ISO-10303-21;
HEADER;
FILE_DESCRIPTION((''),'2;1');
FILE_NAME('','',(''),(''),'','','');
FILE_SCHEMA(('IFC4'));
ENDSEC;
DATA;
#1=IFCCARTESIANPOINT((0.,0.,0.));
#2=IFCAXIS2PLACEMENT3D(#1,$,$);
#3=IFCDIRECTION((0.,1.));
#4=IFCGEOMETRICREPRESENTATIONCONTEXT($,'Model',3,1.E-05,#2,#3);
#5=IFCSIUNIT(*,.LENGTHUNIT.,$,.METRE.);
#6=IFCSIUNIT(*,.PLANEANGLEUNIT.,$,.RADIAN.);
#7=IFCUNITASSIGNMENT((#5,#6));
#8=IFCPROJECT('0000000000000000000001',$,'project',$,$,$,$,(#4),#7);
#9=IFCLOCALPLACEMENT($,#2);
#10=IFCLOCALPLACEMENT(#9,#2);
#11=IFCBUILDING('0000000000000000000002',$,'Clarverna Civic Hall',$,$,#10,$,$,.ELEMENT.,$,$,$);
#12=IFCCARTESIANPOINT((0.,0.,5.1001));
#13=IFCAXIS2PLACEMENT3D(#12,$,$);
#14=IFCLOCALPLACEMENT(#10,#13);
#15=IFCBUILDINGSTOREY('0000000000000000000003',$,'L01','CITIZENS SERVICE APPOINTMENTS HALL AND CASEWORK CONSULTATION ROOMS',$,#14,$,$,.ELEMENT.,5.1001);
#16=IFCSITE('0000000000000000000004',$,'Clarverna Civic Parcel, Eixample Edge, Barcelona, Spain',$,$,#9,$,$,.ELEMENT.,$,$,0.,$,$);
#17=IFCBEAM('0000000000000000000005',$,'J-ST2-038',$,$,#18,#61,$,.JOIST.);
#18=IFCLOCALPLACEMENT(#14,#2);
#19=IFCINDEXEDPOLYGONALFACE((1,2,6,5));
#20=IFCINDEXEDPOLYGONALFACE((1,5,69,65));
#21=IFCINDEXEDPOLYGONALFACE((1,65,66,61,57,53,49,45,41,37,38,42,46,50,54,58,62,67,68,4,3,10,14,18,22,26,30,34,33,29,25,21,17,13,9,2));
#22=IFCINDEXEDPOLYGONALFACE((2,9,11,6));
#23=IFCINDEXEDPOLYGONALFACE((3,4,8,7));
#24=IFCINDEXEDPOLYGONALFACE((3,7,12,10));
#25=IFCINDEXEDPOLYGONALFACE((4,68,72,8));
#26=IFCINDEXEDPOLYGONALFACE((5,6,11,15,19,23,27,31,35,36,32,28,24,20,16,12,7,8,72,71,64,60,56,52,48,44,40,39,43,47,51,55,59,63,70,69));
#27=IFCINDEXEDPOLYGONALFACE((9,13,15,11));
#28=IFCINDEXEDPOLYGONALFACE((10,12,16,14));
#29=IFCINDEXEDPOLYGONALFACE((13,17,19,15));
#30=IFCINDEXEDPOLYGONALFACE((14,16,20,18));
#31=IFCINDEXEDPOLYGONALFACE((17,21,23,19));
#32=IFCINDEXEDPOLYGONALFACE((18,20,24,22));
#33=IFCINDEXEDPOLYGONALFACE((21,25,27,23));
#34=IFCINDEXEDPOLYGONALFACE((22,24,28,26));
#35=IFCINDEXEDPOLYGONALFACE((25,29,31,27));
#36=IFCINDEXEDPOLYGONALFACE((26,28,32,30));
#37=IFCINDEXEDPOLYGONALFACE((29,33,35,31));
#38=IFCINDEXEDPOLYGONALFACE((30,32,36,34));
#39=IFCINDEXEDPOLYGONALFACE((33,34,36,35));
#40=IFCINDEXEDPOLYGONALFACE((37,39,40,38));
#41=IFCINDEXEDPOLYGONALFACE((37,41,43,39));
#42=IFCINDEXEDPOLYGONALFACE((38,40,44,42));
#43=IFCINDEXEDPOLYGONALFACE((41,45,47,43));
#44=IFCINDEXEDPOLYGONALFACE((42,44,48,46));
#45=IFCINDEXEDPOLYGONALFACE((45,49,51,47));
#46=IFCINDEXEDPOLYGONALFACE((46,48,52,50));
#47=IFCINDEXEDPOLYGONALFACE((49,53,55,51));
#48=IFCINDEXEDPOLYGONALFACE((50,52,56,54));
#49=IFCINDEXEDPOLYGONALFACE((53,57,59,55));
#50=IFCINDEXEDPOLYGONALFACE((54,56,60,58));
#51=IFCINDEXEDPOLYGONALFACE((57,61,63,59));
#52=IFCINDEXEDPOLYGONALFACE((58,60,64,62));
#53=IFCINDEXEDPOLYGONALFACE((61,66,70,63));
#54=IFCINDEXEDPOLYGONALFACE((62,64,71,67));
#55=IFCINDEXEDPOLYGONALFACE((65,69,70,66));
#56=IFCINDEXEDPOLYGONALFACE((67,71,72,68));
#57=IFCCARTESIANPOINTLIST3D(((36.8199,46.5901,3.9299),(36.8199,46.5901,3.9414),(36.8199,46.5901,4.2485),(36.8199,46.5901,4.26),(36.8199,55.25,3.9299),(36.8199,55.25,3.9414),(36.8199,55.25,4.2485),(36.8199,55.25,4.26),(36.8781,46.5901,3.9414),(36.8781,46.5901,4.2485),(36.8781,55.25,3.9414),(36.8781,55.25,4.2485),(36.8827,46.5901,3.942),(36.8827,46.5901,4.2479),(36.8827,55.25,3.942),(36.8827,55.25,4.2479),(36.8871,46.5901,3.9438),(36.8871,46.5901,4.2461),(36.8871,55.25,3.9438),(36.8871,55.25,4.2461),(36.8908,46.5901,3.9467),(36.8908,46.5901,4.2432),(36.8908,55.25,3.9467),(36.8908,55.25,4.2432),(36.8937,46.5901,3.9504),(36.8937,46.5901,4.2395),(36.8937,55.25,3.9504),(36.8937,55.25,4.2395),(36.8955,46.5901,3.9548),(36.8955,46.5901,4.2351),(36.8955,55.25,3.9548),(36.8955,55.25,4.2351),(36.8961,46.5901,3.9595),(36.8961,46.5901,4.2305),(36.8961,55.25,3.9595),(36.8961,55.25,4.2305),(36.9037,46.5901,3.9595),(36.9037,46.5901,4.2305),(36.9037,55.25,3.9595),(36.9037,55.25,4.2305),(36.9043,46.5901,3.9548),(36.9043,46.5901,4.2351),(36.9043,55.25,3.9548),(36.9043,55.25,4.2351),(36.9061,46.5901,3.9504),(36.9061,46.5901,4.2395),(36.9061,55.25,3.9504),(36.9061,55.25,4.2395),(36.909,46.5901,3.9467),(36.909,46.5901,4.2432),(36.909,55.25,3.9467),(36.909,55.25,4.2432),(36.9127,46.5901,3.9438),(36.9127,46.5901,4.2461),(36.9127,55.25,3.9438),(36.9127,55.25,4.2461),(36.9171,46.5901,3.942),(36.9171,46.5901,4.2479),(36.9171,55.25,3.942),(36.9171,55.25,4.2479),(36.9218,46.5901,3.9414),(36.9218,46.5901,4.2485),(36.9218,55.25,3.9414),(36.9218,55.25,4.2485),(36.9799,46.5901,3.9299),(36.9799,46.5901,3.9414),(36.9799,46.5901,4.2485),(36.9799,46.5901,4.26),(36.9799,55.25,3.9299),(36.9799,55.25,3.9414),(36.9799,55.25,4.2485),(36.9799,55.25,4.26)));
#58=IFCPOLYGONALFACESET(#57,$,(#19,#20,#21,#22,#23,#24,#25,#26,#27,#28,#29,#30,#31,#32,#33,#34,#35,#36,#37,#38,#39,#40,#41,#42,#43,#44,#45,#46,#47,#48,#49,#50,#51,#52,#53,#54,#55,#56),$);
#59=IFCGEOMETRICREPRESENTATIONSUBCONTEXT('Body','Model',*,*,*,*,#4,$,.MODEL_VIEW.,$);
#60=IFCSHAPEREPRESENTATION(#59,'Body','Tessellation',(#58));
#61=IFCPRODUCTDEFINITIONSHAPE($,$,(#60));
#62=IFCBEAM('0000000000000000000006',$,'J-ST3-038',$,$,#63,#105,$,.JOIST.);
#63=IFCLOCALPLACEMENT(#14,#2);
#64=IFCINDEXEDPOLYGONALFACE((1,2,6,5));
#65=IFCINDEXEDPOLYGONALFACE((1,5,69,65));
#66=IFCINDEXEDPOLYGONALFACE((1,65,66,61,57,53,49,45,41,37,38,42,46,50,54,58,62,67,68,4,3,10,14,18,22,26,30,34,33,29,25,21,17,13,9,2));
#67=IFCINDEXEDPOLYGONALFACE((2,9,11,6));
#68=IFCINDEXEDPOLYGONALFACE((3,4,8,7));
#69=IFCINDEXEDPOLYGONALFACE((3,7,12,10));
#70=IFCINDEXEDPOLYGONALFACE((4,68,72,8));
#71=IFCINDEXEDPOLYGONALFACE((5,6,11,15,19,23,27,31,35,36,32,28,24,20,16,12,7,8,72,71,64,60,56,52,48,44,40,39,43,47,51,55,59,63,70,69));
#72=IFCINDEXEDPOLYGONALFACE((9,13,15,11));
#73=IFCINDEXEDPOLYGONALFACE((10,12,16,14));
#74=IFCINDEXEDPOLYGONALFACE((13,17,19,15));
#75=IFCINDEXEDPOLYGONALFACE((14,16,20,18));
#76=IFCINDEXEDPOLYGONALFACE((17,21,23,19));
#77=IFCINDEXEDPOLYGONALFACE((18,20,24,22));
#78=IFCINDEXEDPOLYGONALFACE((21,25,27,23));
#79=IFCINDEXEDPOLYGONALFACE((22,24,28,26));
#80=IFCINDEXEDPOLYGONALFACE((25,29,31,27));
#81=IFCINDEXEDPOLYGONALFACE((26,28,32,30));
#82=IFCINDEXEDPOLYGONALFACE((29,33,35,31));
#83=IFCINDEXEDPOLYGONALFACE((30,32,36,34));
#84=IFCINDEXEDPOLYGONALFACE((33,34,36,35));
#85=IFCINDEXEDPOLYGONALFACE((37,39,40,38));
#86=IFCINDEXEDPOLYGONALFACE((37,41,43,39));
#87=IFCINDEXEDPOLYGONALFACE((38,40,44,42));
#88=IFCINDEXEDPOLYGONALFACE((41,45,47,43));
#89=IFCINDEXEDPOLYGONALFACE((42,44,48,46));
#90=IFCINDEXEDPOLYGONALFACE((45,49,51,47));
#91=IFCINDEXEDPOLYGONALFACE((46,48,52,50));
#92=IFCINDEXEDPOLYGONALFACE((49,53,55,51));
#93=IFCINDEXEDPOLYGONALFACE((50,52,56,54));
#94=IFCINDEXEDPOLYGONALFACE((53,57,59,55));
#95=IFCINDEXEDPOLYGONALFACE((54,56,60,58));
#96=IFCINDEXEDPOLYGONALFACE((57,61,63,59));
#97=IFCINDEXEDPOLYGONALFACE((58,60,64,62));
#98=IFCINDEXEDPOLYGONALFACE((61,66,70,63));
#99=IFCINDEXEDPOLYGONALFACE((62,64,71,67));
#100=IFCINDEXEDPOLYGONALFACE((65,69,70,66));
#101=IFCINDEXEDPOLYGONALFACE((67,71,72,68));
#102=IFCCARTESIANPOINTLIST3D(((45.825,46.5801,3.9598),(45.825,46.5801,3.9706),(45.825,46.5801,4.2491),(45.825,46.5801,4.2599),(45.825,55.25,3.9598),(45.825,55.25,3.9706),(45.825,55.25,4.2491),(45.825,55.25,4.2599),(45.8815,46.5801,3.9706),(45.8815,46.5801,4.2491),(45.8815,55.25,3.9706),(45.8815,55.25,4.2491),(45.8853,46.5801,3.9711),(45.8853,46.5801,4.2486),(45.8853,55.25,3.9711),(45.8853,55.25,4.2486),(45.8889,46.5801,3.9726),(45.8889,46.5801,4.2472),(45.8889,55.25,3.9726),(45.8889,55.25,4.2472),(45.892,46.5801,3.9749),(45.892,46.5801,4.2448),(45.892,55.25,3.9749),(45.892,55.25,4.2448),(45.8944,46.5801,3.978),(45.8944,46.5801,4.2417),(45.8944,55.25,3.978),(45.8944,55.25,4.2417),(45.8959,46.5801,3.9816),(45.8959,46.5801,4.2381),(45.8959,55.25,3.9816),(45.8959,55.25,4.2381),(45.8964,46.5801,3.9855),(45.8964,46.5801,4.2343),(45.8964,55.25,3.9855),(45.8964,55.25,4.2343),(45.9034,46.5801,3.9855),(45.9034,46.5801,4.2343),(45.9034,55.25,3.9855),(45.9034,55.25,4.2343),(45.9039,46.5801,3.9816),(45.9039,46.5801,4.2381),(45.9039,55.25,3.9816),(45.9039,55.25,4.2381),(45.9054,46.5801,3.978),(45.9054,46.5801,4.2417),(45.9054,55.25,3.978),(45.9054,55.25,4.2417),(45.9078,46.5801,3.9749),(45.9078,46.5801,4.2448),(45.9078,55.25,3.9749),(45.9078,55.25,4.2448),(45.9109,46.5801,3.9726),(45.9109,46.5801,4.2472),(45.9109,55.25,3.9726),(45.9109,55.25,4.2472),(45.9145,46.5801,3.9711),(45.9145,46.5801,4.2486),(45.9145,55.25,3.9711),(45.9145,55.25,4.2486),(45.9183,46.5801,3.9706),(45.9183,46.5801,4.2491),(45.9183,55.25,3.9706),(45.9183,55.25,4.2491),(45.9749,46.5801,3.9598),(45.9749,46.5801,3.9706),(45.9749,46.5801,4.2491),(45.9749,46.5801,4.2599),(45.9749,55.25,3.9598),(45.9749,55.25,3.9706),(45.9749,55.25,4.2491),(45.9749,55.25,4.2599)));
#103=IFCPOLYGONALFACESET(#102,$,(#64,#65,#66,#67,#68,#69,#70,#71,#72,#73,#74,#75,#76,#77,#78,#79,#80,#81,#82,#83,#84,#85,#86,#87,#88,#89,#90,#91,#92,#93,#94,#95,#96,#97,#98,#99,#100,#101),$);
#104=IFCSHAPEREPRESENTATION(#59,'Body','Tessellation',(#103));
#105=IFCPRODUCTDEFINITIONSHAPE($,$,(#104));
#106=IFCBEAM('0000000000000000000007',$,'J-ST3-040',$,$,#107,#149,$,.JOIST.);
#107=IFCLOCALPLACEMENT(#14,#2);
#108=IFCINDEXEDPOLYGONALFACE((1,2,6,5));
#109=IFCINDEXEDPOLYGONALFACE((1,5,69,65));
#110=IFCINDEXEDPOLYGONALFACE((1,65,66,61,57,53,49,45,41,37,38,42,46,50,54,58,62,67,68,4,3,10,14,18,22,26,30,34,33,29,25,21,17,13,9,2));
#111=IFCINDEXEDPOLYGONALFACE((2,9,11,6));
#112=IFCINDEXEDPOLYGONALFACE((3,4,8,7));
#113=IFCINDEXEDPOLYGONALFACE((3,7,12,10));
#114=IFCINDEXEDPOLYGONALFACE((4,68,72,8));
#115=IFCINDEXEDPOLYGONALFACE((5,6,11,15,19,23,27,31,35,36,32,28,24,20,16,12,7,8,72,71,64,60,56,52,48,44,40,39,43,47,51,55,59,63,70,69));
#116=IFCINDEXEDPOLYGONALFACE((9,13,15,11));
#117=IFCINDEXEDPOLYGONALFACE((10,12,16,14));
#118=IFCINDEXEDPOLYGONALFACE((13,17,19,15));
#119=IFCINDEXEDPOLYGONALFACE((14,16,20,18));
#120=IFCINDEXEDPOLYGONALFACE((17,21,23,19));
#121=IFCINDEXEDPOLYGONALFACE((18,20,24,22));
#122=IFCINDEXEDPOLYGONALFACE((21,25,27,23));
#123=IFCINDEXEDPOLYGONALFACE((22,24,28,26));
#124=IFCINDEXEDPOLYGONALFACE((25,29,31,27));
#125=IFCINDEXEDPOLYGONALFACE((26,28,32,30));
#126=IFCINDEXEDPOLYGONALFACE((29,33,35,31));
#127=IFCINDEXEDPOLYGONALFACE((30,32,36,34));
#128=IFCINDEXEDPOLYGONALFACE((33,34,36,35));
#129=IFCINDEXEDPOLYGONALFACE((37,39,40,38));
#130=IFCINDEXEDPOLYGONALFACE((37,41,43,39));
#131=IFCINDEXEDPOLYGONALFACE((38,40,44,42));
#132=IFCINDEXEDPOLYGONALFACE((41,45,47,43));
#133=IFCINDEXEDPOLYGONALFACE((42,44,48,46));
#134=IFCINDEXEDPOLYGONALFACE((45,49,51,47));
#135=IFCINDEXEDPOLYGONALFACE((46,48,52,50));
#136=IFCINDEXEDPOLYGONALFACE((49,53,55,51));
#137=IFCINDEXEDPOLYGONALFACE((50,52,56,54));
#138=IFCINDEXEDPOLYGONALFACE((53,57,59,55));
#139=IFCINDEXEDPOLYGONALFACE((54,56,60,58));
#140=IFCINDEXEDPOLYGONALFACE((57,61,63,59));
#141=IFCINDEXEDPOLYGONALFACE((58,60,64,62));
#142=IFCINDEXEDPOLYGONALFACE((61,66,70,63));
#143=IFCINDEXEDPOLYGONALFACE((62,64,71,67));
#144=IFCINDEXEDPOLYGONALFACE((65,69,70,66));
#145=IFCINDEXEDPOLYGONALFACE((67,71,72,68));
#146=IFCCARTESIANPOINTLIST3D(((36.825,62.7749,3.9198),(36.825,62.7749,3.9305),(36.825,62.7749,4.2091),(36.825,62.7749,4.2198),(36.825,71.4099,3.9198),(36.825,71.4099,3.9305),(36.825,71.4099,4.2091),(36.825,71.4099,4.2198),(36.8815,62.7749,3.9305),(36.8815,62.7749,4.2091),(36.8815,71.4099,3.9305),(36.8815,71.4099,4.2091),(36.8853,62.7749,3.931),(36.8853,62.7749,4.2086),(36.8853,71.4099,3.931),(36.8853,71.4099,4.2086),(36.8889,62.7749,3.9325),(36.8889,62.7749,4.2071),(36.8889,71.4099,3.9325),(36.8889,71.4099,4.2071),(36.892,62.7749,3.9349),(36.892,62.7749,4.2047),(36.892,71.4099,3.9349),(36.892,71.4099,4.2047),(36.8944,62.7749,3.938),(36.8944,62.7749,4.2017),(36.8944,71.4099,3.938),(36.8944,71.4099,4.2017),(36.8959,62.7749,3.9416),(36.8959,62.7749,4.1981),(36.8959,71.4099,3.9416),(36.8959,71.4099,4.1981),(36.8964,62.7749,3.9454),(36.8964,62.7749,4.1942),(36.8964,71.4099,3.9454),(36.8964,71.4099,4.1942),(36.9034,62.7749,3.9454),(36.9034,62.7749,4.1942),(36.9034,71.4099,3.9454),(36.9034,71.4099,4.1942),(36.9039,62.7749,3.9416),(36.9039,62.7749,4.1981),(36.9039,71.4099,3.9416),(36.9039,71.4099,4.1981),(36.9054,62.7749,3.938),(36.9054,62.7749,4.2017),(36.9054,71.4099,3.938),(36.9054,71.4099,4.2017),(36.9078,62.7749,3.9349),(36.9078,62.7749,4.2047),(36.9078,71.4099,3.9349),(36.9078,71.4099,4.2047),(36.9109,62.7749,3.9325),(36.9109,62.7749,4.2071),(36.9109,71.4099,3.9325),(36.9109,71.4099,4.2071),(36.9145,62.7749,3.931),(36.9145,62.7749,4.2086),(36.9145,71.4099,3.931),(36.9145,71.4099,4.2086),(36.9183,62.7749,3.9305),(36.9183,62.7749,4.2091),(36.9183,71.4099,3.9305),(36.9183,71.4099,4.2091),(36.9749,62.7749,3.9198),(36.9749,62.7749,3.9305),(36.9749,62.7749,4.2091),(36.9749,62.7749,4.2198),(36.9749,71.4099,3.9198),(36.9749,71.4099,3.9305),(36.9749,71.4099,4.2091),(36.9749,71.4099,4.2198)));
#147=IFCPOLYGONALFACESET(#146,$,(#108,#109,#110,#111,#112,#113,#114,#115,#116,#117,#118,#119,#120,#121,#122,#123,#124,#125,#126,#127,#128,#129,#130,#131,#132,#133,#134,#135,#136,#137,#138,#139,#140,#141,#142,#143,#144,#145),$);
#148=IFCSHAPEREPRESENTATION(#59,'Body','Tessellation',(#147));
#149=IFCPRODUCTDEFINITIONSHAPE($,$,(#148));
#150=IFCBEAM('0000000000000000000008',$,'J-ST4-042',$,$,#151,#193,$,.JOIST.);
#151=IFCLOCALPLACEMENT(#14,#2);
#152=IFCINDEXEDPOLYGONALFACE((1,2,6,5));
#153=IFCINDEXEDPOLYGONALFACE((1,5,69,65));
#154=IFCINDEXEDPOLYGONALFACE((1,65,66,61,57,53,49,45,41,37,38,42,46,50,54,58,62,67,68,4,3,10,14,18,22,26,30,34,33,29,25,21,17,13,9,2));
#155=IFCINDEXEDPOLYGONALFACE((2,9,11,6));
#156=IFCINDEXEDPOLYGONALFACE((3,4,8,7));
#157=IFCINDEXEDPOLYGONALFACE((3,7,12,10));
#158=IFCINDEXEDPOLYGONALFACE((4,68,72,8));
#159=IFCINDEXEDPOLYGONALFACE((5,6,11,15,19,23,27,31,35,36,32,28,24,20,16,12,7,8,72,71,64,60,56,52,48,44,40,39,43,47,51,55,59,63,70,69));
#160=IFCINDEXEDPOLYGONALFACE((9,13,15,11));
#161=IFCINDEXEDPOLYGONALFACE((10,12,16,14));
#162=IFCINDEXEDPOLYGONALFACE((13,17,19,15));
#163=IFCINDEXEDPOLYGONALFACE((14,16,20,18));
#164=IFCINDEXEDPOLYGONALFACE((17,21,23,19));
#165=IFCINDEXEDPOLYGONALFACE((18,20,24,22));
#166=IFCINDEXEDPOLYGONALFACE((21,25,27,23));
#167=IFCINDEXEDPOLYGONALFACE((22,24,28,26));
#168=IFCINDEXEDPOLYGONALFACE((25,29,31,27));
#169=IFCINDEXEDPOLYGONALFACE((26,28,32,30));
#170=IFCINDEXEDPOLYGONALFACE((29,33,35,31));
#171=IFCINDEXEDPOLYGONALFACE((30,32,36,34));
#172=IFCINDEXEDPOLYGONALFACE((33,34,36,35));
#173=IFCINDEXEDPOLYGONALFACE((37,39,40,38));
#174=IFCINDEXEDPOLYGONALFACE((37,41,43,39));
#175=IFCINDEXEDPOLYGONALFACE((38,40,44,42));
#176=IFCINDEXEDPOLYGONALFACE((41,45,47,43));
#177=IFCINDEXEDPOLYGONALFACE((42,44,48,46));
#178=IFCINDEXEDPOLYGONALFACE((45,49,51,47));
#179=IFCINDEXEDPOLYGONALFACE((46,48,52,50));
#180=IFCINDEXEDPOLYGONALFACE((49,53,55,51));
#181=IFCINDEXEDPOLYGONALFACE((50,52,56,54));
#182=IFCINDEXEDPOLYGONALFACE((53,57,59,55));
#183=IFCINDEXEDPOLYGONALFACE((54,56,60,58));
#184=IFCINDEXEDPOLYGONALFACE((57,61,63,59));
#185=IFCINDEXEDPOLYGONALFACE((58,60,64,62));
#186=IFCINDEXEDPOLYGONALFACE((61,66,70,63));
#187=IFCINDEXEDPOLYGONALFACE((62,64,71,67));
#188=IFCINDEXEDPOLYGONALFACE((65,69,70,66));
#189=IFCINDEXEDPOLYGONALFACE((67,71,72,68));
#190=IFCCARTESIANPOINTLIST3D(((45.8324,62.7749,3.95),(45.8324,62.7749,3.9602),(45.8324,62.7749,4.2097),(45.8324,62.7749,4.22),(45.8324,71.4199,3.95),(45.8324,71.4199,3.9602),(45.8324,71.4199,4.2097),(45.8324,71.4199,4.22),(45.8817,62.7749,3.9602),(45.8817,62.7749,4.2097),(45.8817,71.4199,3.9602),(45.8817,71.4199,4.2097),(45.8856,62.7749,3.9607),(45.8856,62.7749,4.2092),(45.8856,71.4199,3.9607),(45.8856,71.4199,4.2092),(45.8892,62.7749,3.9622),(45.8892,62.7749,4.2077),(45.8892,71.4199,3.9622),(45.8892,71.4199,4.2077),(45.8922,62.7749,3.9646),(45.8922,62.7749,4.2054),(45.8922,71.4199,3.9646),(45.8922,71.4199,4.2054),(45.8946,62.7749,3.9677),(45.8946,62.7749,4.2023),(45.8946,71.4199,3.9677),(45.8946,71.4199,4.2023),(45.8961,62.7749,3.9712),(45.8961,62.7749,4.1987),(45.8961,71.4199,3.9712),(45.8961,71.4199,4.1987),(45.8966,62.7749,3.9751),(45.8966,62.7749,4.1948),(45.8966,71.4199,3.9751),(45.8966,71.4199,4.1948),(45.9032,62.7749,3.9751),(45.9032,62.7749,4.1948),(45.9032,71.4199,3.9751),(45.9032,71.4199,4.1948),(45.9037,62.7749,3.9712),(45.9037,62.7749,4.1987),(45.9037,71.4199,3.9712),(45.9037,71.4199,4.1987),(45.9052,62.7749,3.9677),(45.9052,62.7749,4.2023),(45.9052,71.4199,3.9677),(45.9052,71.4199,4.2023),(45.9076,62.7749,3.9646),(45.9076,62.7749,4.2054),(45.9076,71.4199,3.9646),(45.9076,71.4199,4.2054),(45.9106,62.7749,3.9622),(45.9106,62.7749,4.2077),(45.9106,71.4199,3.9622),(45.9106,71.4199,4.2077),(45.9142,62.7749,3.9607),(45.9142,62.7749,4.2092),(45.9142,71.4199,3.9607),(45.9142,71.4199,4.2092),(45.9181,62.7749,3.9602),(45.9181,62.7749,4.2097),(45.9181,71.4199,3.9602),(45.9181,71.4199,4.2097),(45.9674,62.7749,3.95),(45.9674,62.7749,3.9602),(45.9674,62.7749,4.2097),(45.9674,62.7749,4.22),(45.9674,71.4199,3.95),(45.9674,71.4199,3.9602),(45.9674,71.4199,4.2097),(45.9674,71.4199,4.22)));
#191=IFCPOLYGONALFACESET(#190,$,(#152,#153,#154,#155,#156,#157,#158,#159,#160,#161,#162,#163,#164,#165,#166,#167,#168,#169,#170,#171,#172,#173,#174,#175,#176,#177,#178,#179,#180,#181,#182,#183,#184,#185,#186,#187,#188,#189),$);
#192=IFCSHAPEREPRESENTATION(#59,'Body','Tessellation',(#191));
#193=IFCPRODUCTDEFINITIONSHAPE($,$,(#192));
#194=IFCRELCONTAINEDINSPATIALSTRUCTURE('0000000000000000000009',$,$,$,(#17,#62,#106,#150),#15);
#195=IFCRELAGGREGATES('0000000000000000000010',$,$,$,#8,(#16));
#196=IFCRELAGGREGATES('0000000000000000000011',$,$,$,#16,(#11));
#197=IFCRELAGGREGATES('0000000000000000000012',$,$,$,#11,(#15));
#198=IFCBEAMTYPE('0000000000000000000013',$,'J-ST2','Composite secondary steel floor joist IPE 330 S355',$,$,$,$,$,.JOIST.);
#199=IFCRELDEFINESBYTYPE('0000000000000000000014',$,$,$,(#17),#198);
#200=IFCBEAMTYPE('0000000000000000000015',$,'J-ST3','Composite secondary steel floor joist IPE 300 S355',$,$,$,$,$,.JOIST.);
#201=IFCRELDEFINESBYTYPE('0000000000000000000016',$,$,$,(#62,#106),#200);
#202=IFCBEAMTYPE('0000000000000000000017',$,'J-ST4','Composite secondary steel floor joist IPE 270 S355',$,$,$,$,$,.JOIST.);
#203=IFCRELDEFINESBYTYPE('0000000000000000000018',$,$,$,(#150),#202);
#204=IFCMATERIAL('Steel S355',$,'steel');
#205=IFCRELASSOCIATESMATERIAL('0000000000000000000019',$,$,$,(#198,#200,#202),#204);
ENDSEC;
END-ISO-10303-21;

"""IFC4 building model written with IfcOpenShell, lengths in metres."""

from ifc_helpers import new_model, si_unit, direction, frame, origin, origin_2d, place, context, subcontext, project, spatial, i_section, extrude, material, material_profile, profile_set, type_object, element, save


model = new_model("IFC4")

# Units and contexts
model_context = context("Model", 3, precision=1e-05, world=origin(), true_north=direction((0.0, 1.0)))
body_context = subcontext(model_context, "Body", "Model", "MODEL_VIEW")
ifc_project = project(units=[si_unit("LENGTHUNIT", "METRE"), si_unit("PLANEANGLEUNIT", "RADIAN")], contexts=[model_context])

# Site, building, storey
site_placement = place(None, origin())
site = spatial("IfcSite", under=ifc_project, at=site_placement, Name="Clarverna Civic Parcel, Eixample Edge, Barcelona, Spain", CompositionType="ELEMENT", RefElevation=0.0)
building_placement = place(site_placement, origin())
building = spatial("IfcBuilding", under=site, at=building_placement, Name="Clarverna Civic Hall", CompositionType="ELEMENT")
storey_placement = place(building_placement, frame((0.0, 0.0, 5.1001)))
storey = spatial("IfcBuildingStorey", under=building, at=storey_placement, Name="L01", Description="CITIZENS SERVICE APPOINTMENTS HALL AND CASEWORK CONSULTATION ROOMS", CompositionType="ELEMENT", Elevation=5.1001)

# Beams
ifc_material_1 = material(Name="Steel S355", Category="steel")
ifc_material_profile_1 = material_profile(ifc_material_1, i_section(OverallWidth=0.1599, OverallDepth=0.3301, WebThickness=0.0076, FlangeThickness=0.0115, FilletRadius=0.0181, at=origin_2d()), Name="IPE 330")
ifc_profile_set_1 = profile_set([ifc_material_profile_1], Name="Steel S355")
beam_type_1 = type_object("IfcBeamType", Name="J-ST2", Description="Composite secondary steel floor joist IPE 330 S355", PredefinedType="JOIST", material=ifc_profile_set_1)
beam_1_placement = place(storey_placement, frame((36.8999, 46.5901, 4.095), z_axis=(0.0, 1.0, 0.0), x_axis=(-1.0, 0.0, 0.0)))
element("IfcBeam", 1, at=beam_1_placement, inside=storey, type_object=beam_type_1, Name="J-ST2-038", PredefinedType="JOIST", context=body_context, shape_type="SweptSolid", body=[
    extrude(i_section(OverallWidth=0.1599, OverallDepth=0.3301, WebThickness=0.0076, FlangeThickness=0.0115, FilletRadius=0.0181, at=origin_2d()), origin(), (0.0, 0.0, 1.0), 8.6599),
])
ifc_material_profile_2 = material_profile(ifc_material_1, i_section(OverallWidth=0.1499, OverallDepth=0.3, WebThickness=0.0071, FlangeThickness=0.0107, FilletRadius=0.0149, at=origin_2d()), Name="IPE 300")
ifc_profile_set_2 = profile_set([ifc_material_profile_2], Name="Steel S355")
beam_type_2 = type_object("IfcBeamType", Name="J-ST3", Description="Composite secondary steel floor joist IPE 300 S355", PredefinedType="JOIST", material=ifc_profile_set_2)
beam_2_placement = place(storey_placement, frame((45.8999, 46.5801, 4.1099), z_axis=(0.0, 1.0, 0.0), x_axis=(-1.0, 0.0, 0.0)))
element("IfcBeam", 2, at=beam_2_placement, inside=storey, type_object=beam_type_2, Name="J-ST3-038", PredefinedType="JOIST", context=body_context, shape_type="SweptSolid", body=[
    extrude(i_section(OverallWidth=0.1499, OverallDepth=0.3, WebThickness=0.0071, FlangeThickness=0.0107, FilletRadius=0.0149, at=origin_2d()), origin(), (0.0, 0.0, 1.0), 8.6699),
])
beam_3_placement = place(storey_placement, frame((36.8999, 62.7749, 4.0698), z_axis=(0.0, 1.0, 0.0), x_axis=(-1.0, 0.0, 0.0)))
element("IfcBeam", 3, at=beam_3_placement, inside=storey, type_object=beam_type_2, Name="J-ST3-040", PredefinedType="JOIST", context=body_context, shape_type="SweptSolid", body=[
    extrude(i_section(OverallWidth=0.1499, OverallDepth=0.3, WebThickness=0.0071, FlangeThickness=0.0107, FilletRadius=0.0149, at=origin_2d()), origin(), (0.0, 0.0, 1.0), 8.635),
])
ifc_material_profile_3 = material_profile(ifc_material_1, i_section(OverallWidth=0.135, OverallDepth=0.27, WebThickness=0.0066, FlangeThickness=0.0103, FilletRadius=0.0149, at=origin_2d()), Name="IPE 270")
ifc_profile_set_3 = profile_set([ifc_material_profile_3], Name="Steel S355")
beam_type_3 = type_object("IfcBeamType", Name="J-ST4", Description="Composite secondary steel floor joist IPE 270 S355", PredefinedType="JOIST", material=ifc_profile_set_3)
beam_4_placement = place(storey_placement, frame((45.8999, 62.7749, 4.085), z_axis=(0.0, 1.0, 0.0), x_axis=(-1.0, 0.0, 0.0)))
element("IfcBeam", 4, at=beam_4_placement, inside=storey, type_object=beam_type_3, Name="J-ST4-042", PredefinedType="JOIST", context=body_context, shape_type="SweptSolid", body=[
    extrude(i_section(OverallWidth=0.135, OverallDepth=0.27, WebThickness=0.0066, FlangeThickness=0.0103, FilletRadius=0.0149, at=origin_2d()), origin(), (0.0, 0.0, 1.0), 8.645),
])

save(model, "model.ifc")
